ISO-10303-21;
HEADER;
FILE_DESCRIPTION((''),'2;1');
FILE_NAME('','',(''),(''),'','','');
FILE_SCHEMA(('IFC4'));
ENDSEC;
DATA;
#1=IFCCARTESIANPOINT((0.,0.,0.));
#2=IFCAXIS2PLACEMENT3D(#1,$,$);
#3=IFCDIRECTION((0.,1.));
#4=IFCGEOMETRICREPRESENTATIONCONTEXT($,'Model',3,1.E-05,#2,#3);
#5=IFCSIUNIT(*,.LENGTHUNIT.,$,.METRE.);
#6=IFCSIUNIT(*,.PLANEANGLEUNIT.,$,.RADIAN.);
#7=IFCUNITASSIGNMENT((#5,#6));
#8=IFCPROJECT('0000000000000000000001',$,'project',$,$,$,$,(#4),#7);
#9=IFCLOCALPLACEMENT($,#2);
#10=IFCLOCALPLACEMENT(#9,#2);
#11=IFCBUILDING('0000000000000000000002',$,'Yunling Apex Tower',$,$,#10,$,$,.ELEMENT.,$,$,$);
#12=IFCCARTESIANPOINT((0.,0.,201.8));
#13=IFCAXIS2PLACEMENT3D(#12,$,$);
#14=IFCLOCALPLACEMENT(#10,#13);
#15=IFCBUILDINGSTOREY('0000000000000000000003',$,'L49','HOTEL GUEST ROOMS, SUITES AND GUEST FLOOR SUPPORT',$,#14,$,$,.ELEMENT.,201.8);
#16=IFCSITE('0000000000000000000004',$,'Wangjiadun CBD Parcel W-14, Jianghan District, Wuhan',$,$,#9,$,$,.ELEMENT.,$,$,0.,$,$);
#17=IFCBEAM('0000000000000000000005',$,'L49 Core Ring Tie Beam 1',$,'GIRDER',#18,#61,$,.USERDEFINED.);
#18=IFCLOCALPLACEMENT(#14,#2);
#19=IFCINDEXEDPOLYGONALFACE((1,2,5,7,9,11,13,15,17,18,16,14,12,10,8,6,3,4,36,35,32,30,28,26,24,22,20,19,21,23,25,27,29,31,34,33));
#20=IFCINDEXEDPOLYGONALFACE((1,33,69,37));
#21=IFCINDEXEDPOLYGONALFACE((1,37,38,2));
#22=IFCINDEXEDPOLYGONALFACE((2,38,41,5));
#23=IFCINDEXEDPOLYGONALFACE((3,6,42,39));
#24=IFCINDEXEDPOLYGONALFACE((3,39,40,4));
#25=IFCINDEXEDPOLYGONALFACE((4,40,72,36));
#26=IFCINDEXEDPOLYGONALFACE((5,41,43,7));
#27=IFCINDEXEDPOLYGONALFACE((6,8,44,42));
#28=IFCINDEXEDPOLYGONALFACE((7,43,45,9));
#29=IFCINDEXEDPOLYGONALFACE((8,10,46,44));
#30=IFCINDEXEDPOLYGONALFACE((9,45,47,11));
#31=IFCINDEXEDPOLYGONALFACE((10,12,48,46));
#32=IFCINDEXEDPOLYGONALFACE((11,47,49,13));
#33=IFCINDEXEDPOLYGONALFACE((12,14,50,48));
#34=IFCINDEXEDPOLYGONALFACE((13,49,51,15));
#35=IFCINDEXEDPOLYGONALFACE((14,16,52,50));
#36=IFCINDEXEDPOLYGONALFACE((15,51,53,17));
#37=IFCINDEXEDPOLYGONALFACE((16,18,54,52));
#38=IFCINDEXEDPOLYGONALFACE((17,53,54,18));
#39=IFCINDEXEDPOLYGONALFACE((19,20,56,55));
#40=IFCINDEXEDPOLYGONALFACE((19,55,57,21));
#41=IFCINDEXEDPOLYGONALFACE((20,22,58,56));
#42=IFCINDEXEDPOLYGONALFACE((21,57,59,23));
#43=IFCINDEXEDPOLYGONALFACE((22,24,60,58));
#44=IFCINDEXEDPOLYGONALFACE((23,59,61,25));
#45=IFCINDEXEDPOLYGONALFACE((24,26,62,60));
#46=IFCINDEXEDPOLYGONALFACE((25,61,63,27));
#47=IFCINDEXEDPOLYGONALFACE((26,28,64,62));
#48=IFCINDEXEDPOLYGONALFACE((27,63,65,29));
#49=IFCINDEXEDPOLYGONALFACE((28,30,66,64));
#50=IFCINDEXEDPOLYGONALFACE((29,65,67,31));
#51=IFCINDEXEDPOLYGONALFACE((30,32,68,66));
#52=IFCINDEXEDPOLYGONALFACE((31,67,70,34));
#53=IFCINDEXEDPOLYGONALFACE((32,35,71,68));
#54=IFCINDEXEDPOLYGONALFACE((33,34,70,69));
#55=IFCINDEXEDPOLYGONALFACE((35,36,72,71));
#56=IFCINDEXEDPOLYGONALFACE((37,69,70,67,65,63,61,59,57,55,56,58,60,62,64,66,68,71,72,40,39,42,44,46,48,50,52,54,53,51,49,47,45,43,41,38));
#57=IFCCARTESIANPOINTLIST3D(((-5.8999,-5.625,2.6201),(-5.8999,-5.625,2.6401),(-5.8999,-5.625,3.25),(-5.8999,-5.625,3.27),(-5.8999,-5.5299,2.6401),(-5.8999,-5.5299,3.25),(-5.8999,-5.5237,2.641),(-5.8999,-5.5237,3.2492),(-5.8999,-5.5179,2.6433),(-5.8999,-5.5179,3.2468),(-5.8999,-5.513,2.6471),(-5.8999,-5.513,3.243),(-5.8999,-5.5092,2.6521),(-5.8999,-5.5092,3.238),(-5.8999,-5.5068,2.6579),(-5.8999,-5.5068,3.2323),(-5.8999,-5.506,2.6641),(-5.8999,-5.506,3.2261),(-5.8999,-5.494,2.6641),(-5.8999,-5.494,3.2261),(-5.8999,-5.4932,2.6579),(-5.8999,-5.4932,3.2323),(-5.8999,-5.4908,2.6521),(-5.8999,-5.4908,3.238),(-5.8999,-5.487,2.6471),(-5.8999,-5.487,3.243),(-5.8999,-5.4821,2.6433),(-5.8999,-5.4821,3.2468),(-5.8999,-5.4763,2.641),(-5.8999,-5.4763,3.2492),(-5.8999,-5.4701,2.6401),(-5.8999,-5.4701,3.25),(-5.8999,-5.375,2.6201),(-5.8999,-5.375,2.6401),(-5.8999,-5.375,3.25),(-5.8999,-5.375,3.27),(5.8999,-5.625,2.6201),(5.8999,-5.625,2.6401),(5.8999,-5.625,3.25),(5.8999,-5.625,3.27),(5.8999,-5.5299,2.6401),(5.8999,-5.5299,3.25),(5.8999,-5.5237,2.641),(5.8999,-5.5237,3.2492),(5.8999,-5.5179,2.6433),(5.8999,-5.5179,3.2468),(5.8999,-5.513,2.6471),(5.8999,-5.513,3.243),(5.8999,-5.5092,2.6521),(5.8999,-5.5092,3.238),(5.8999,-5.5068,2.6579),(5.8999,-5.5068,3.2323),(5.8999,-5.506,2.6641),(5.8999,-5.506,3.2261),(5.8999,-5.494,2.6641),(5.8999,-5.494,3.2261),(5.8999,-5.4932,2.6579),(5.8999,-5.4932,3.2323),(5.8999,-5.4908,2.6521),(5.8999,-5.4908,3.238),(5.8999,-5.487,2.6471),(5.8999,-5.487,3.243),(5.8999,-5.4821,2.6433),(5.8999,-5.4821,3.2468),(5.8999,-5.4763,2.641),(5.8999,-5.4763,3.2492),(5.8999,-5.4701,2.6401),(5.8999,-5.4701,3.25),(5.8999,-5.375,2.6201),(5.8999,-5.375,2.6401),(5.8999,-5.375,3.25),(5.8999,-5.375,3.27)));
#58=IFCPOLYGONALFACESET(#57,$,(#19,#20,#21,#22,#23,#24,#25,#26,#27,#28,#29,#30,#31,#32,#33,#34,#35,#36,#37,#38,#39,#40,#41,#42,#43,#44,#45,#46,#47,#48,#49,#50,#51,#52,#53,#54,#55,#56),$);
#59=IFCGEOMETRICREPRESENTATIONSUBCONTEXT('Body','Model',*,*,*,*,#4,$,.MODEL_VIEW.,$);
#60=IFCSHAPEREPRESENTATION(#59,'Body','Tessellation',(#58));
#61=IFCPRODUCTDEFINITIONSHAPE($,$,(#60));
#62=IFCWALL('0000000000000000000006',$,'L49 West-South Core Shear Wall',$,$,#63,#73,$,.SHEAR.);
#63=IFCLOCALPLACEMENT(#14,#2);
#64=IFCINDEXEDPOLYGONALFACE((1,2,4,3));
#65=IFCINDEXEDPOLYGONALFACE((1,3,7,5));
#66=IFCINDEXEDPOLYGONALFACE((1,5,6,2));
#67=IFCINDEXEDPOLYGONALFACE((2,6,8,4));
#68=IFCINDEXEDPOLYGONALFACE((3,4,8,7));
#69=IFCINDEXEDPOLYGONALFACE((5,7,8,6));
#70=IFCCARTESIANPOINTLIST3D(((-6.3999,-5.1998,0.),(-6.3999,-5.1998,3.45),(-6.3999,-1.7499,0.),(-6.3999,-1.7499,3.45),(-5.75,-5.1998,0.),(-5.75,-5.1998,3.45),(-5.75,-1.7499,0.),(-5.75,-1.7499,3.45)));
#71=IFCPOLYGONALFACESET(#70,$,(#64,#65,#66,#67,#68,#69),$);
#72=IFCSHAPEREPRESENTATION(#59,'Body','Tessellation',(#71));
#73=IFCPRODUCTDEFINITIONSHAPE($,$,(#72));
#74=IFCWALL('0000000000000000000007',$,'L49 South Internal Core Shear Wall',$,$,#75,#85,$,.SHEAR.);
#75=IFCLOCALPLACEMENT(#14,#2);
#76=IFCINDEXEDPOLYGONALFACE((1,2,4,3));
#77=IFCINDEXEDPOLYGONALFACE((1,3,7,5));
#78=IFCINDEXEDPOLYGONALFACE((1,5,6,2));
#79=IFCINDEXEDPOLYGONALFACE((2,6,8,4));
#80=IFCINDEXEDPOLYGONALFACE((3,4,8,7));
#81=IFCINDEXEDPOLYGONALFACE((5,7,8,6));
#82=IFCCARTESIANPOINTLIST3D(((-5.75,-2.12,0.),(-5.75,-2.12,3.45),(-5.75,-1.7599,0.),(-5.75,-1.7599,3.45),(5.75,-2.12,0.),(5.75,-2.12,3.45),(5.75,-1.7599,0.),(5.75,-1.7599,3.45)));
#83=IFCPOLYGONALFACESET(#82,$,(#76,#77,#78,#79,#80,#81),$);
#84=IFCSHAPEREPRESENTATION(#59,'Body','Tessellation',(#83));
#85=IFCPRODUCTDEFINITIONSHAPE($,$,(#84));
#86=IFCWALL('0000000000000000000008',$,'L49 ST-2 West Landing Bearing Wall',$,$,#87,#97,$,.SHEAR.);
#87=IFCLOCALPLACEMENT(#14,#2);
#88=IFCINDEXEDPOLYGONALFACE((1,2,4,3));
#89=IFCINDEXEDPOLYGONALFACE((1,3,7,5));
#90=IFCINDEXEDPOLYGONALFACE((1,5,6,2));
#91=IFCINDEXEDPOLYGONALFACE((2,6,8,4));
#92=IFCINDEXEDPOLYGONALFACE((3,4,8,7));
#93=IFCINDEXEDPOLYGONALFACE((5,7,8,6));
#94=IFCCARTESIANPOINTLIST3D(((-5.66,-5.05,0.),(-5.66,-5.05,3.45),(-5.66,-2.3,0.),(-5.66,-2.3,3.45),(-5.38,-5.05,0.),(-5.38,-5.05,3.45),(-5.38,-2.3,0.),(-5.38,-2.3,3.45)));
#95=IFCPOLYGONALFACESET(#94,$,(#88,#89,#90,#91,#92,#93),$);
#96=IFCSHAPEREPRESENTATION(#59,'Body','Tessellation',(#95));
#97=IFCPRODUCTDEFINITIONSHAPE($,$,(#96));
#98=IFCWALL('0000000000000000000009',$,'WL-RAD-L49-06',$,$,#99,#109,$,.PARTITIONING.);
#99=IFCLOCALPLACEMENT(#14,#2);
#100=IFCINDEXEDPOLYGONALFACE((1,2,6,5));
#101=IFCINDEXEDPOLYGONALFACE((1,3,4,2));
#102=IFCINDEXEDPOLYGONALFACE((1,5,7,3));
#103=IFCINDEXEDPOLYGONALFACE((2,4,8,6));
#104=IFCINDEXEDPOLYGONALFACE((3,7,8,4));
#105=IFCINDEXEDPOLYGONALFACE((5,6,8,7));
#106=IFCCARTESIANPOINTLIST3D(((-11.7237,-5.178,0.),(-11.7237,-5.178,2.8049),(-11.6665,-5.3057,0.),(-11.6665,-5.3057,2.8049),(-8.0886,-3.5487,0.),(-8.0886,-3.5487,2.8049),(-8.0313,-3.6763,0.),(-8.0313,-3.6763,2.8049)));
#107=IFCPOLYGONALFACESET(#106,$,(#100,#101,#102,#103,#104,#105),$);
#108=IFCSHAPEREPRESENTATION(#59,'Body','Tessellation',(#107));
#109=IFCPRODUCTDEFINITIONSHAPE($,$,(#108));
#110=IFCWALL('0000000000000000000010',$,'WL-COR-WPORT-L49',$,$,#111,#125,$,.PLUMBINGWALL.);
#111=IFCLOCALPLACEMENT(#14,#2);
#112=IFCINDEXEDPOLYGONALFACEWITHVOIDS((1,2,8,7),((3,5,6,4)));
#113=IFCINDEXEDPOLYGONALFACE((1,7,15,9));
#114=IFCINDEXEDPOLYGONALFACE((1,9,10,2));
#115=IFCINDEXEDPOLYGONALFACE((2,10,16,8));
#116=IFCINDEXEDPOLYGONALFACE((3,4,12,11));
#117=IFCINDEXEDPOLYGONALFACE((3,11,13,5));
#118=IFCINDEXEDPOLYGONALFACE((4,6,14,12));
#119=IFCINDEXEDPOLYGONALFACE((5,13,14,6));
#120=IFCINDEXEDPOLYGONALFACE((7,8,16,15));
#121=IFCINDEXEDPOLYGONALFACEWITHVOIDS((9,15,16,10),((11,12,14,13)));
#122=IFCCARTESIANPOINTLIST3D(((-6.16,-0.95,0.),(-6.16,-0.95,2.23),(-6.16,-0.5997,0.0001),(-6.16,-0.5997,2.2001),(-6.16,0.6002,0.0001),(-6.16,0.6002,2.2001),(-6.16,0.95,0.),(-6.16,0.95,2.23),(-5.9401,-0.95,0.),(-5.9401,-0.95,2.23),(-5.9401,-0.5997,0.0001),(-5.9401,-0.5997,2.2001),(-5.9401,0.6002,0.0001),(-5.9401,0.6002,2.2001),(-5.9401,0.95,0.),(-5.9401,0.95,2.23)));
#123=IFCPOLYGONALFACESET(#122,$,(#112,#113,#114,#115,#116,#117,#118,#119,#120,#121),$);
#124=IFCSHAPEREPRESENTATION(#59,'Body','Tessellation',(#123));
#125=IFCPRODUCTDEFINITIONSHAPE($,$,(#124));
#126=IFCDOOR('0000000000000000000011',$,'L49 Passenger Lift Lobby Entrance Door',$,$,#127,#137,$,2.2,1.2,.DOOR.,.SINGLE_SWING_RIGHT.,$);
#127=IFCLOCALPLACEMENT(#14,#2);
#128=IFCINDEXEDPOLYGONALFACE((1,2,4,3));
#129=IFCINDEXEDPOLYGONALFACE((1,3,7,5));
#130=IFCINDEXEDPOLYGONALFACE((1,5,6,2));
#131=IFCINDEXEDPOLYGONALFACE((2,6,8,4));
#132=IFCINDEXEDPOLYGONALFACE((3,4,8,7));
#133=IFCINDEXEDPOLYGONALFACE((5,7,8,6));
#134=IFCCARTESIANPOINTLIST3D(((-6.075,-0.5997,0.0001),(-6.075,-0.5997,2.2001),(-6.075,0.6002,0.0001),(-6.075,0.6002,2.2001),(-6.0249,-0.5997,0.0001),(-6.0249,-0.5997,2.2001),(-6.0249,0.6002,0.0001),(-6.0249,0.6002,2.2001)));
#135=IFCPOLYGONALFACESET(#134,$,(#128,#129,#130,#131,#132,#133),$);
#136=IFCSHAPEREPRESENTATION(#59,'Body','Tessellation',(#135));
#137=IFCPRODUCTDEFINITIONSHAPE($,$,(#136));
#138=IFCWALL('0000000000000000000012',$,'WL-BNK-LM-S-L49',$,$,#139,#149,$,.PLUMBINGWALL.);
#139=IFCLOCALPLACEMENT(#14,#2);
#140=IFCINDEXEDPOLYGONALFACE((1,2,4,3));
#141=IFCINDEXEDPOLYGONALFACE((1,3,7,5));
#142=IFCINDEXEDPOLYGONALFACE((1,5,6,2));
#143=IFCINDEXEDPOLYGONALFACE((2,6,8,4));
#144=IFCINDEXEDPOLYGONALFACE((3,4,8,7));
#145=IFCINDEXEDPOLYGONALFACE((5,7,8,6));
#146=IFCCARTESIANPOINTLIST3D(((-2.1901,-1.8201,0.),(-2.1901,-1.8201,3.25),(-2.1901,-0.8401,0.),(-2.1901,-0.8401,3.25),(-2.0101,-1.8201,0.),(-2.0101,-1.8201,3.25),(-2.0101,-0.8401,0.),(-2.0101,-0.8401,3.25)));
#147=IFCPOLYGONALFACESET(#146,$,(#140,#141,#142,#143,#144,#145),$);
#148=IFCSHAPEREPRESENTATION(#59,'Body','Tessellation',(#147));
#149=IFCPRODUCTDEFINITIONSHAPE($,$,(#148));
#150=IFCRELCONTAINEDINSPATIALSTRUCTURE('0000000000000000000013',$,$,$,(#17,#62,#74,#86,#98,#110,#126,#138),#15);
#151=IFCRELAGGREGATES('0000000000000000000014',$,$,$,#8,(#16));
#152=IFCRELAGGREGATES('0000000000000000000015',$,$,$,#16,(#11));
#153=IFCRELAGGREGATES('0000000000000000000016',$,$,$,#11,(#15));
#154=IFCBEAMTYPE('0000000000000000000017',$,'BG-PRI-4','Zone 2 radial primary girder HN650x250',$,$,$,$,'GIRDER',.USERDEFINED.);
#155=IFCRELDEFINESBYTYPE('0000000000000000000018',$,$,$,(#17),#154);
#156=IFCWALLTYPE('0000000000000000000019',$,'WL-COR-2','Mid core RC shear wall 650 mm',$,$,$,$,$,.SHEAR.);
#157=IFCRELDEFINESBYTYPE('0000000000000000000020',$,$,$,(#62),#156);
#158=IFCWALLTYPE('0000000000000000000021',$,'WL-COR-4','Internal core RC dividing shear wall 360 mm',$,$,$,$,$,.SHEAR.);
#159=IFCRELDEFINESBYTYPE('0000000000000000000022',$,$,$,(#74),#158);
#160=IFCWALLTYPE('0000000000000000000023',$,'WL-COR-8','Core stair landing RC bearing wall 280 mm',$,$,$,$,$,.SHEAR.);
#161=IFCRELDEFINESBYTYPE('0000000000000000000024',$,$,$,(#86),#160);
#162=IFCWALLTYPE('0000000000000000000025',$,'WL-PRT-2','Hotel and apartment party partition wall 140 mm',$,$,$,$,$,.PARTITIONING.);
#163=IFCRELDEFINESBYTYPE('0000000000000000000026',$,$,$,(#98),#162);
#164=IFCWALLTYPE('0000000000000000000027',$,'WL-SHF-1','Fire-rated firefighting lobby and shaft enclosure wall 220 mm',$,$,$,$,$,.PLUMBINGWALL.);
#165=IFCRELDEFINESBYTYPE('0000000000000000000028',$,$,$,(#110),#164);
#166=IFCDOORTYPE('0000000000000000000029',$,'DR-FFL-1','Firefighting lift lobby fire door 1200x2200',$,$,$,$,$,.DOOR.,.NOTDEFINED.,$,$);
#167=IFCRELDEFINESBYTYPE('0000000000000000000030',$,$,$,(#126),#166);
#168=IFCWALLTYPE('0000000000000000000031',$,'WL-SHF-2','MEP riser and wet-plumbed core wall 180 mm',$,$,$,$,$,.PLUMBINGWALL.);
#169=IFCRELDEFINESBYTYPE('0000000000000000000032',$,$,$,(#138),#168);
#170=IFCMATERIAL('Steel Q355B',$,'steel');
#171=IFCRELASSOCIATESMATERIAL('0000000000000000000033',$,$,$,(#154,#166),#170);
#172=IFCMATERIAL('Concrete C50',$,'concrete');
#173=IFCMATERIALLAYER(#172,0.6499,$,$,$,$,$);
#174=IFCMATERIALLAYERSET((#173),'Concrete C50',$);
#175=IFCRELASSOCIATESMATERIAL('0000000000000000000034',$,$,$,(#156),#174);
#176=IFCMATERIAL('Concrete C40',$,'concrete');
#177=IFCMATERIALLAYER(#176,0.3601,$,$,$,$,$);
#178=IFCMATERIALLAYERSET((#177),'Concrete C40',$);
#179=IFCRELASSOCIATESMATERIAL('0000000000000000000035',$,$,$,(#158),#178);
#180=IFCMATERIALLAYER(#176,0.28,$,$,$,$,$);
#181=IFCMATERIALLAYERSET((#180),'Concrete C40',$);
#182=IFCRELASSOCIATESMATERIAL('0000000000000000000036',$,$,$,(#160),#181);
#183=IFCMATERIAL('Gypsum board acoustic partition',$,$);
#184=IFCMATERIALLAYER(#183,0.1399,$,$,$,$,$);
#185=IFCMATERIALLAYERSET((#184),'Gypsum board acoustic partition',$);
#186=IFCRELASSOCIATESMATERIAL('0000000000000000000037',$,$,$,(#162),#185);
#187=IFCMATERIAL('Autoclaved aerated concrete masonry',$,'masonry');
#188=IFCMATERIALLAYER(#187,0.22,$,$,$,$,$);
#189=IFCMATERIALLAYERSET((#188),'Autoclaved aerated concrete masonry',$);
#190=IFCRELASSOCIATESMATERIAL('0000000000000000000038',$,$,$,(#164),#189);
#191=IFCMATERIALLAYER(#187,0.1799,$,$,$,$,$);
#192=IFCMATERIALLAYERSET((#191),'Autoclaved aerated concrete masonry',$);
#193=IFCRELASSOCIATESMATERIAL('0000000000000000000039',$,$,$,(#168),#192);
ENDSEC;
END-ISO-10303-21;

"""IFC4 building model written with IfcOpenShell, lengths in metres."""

from ifc_helpers import new_model, si_unit, direction, frame, frame_2d, origin, origin_2d, place, context, subcontext, project, spatial, rectangle, i_section, extrude, source, transform, mapped, material, layer, layer_set, material_profile, profile_set, type_object, element, fill, save


model = new_model("IFC4")

# Units and contexts
model_context = context("Model", 3, precision=1e-05, world=origin(), true_north=direction((0.0, 1.0)))
body_context = subcontext(model_context, "Body", "Model", "MODEL_VIEW")
ifc_project = project(units=[si_unit("LENGTHUNIT", "METRE"), si_unit("PLANEANGLEUNIT", "RADIAN")], contexts=[model_context])

# Site, building, storey
site_placement = place(None, origin())
site = spatial("IfcSite", under=ifc_project, at=site_placement, Name="Wangjiadun CBD Parcel W-14, Jianghan District, Wuhan", CompositionType="ELEMENT", RefElevation=0.0)
building_placement = place(site_placement, origin())
building = spatial("IfcBuilding", under=site, at=building_placement, Name="Yunling Apex Tower", CompositionType="ELEMENT")
storey_placement = place(building_placement, frame((0.0, 0.0, 201.8)))
storey = spatial("IfcBuildingStorey", under=building, at=storey_placement, Name="L49", Description="HOTEL GUEST ROOMS, SUITES AND GUEST FLOOR SUPPORT", CompositionType="ELEMENT", Elevation=201.8)

# Shared definitions
ifc_material_1 = material(Name="Concrete C50", Category="concrete")

# Beam
ifc_material_2 = material(Name="Steel Q355B", Category="steel")
ifc_material_profile_1 = material_profile(ifc_material_2, i_section(OverallWidth=0.25, OverallDepth=0.6499, WebThickness=0.012, FlangeThickness=0.02, FilletRadius=0.0239, at=origin_2d()))
ifc_profile_set_1 = profile_set([ifc_material_profile_1], Name="Steel Q355B")
beam_type_1 = type_object("IfcBeamType", Name="BG-PRI-4", Description="Zone 2 radial primary girder HN650x250", ElementType="GIRDER", PredefinedType="USERDEFINED", material=ifc_profile_set_1)
shared_shape_1 = source(origin(), body_context, "Body", "SweptSolid", [
    extrude(i_section(OverallWidth=0.25, OverallDepth=0.6499, WebThickness=0.012, FlangeThickness=0.02, FilletRadius=0.0239, at=origin_2d()), origin(), (0.0, 0.0, 1.0), 11.7998),
])
beam_1_placement = place(storey_placement, frame((-5.8999, -5.5, 2.9451), z_axis=(1.0, 0.0, 0.0), x_axis=(0.0, 1.0, 0.0)))
element("IfcBeam", 1, at=beam_1_placement, inside=storey, type_object=beam_type_1, Name="L49 Core Ring Tie Beam 1", ObjectType="GIRDER", PredefinedType="USERDEFINED", context=body_context, shape_type="MappedRepresentation", body=[
    mapped(shared_shape_1, transform((0.0, 0.0, 0.0), scale=1.0)),
])

# Walls
ifc_layer_1 = layer(ifc_material_1, 0.6499)
ifc_layer_set_1 = layer_set([ifc_layer_1], Name="Concrete C50")
wall_type_1 = type_object("IfcWallType", Name="WL-COR-2", Description="Mid core RC shear wall 650 mm", PredefinedType="SHEAR", material=ifc_layer_set_1)
wall_1_placement = place(storey_placement, frame((-6.075, -5.2, 0.0), z_axis=(0.0, 0.0, 1.0), x_axis=(0.0, 1.0, 0.0)))
element("IfcWall", 2, at=wall_1_placement, inside=storey, type_object=wall_type_1, Name="L49 West-South Core Shear Wall", PredefinedType="SHEAR", context=body_context, shape_type="SweptSolid", body=[
    extrude(rectangle(XDim=3.45, YDim=0.6499, at=frame_2d((1.7251, 0.0))), origin(), (0.0, 0.0, 1.0), 3.45),
])
ifc_material_3 = material(Name="Concrete C40", Category="concrete")
ifc_layer_2 = layer(ifc_material_3, 0.3601)
ifc_layer_set_2 = layer_set([ifc_layer_2], Name="Concrete C40")
wall_type_2 = type_object("IfcWallType", Name="WL-COR-4", Description="Internal core RC dividing shear wall 360 mm", PredefinedType="SHEAR", material=ifc_layer_set_2)
wall_2_placement = place(storey_placement, frame((-5.75, -1.9399, 0.0), z_axis=(0.0, 0.0, 1.0), x_axis=(1.0, 0.0, 0.0)))
element("IfcWall", 3, at=wall_2_placement, inside=storey, type_object=wall_type_2, Name="L49 South Internal Core Shear Wall", PredefinedType="SHEAR", context=body_context, shape_type="SweptSolid", body=[
    extrude(rectangle(XDim=11.5, YDim=0.3601, at=frame_2d((5.75, 0.0))), origin(), (0.0, 0.0, 1.0), 3.45),
])
ifc_layer_3 = layer(ifc_material_3, 0.28)
ifc_layer_set_3 = layer_set([ifc_layer_3], Name="Concrete C40")
wall_type_3 = type_object("IfcWallType", Name="WL-COR-8", Description="Core stair landing RC bearing wall 280 mm", PredefinedType="SHEAR", material=ifc_layer_set_3)
wall_3_placement = place(storey_placement, frame((-5.52, -5.05, 0.0), z_axis=(0.0, 0.0, 1.0), x_axis=(0.0, 1.0, 0.0)))
element("IfcWall", 4, at=wall_3_placement, inside=storey, type_object=wall_type_3, Name="L49 ST-2 West Landing Bearing Wall", PredefinedType="SHEAR", context=body_context, shape_type="SweptSolid", body=[
    extrude(rectangle(XDim=2.75, YDim=0.28, at=frame_2d((1.375, 0.0))), origin(), (0.0, 0.0, 1.0), 3.45),
])
ifc_material_4 = material(Name="Gypsum board acoustic partition")
ifc_layer_4 = layer(ifc_material_4, 0.1399)
ifc_layer_set_4 = layer_set([ifc_layer_4], Name="Gypsum board acoustic partition")
wall_type_4 = type_object("IfcWallType", Name="WL-PRT-2", Description="Hotel and apartment party partition wall 140 mm", PredefinedType="PARTITIONING", material=ifc_layer_set_4)
wall_4_placement = place(storey_placement, frame((-8.0601, -3.6125, 0.0), z_axis=(0.0, 0.0, 1.0), x_axis=(-0.912528, -0.409014, 0.0)))
element("IfcWall", 5, at=wall_4_placement, inside=storey, type_object=wall_type_4, Name="WL-RAD-L49-06", PredefinedType="PARTITIONING", context=body_context, shape_type="SweptSolid", body=[
    extrude(rectangle(XDim=3.9836, YDim=0.1399, at=frame_2d((1.9917, 0.0))), origin(), (0.0, 0.0, 1.0), 2.8049),
])

# Wall, opening, door
ifc_material_5 = material(Name="Autoclaved aerated concrete masonry", Category="masonry")
ifc_layer_5 = layer(ifc_material_5, 0.22)
ifc_layer_set_5 = layer_set([ifc_layer_5], Name="Autoclaved aerated concrete masonry")
wall_type_5 = type_object("IfcWallType", Name="WL-SHF-1", Description="Fire-rated firefighting lobby and shaft enclosure wall 220 mm", PredefinedType="PLUMBINGWALL", material=ifc_layer_set_5)
wall_5_placement = place(storey_placement, frame((-6.05, -0.95, 0.0), z_axis=(0.0, 0.0, 1.0), x_axis=(0.0, 1.0, 0.0)))
wall_5 = element("IfcWall", 6, at=wall_5_placement, inside=storey, type_object=wall_type_5, Name="WL-COR-WPORT-L49", PredefinedType="PLUMBINGWALL", context=body_context, shape_type="SweptSolid", body=[
    extrude(rectangle(XDim=1.8999, YDim=0.22, at=frame_2d((0.95, 0.0))), origin(), (0.0, 0.0, 1.0), 2.23),
])
opening_1_placement = place(wall_5_placement, frame((0.3501, 0.0, 0.0)))
opening_1 = element("IfcOpeningElement", 7, at=opening_1_placement, cuts=wall_5, PredefinedType="OPENING", context=body_context, shape_type="SweptSolid", body=[
    extrude(rectangle(XDim=1.2, YDim=2.2, at=frame_2d((0.6001, 1.1001))), frame((0.0, 0.1201, 0.0), z_axis=(0.0, -1.0, 0.0), x_axis=(1.0, 0.0, 0.0)), (0.0, 0.0, 1.0), 0.24),
])
door_type_1 = type_object("IfcDoorType", Name="DR-FFL-1", Description="Firefighting lift lobby fire door 1200x2200", OperationType="NOTDEFINED", PredefinedType="DOOR", material=ifc_material_2)
door_1_placement = place(opening_1_placement, origin())
door_1 = element("IfcDoor", 8, at=door_1_placement, inside=storey, type_object=door_type_1, Name="L49 Passenger Lift Lobby Entrance Door", OperationType="SINGLE_SWING_RIGHT", OverallHeight=2.2, OverallWidth=1.2, PredefinedType="DOOR", context=body_context, shape_type="SweptSolid", body=[
    extrude(rectangle(XDim=1.2, YDim=2.2, at=frame_2d((0.6001, 1.1001))), frame((0.0, 0.0249, 0.0), z_axis=(0.0, -1.0, 0.0), x_axis=(1.0, 0.0, 0.0)), (0.0, 0.0, 1.0), 0.05),
])
fill(opening_1, door_1)

# Wall
ifc_layer_6 = layer(ifc_material_5, 0.1799)
ifc_layer_set_6 = layer_set([ifc_layer_6], Name="Autoclaved aerated concrete masonry")
wall_type_6 = type_object("IfcWallType", Name="WL-SHF-2", Description="MEP riser and wet-plumbed core wall 180 mm", PredefinedType="PLUMBINGWALL", material=ifc_layer_set_6)
wall_6_placement = place(storey_placement, frame((-2.1001, -1.8201, 0.0), z_axis=(0.0, 0.0, 1.0), x_axis=(0.0, 1.0, 0.0)))
element("IfcWall", 9, at=wall_6_placement, inside=storey, type_object=wall_type_6, Name="WL-BNK-LM-S-L49", PredefinedType="PLUMBINGWALL", context=body_context, shape_type="SweptSolid", body=[
    extrude(rectangle(XDim=0.98, YDim=0.1799, at=frame_2d((0.49, 0.0))), origin(), (0.0, 0.0, 1.0), 3.25),
])

save(model, "model.ifc")
